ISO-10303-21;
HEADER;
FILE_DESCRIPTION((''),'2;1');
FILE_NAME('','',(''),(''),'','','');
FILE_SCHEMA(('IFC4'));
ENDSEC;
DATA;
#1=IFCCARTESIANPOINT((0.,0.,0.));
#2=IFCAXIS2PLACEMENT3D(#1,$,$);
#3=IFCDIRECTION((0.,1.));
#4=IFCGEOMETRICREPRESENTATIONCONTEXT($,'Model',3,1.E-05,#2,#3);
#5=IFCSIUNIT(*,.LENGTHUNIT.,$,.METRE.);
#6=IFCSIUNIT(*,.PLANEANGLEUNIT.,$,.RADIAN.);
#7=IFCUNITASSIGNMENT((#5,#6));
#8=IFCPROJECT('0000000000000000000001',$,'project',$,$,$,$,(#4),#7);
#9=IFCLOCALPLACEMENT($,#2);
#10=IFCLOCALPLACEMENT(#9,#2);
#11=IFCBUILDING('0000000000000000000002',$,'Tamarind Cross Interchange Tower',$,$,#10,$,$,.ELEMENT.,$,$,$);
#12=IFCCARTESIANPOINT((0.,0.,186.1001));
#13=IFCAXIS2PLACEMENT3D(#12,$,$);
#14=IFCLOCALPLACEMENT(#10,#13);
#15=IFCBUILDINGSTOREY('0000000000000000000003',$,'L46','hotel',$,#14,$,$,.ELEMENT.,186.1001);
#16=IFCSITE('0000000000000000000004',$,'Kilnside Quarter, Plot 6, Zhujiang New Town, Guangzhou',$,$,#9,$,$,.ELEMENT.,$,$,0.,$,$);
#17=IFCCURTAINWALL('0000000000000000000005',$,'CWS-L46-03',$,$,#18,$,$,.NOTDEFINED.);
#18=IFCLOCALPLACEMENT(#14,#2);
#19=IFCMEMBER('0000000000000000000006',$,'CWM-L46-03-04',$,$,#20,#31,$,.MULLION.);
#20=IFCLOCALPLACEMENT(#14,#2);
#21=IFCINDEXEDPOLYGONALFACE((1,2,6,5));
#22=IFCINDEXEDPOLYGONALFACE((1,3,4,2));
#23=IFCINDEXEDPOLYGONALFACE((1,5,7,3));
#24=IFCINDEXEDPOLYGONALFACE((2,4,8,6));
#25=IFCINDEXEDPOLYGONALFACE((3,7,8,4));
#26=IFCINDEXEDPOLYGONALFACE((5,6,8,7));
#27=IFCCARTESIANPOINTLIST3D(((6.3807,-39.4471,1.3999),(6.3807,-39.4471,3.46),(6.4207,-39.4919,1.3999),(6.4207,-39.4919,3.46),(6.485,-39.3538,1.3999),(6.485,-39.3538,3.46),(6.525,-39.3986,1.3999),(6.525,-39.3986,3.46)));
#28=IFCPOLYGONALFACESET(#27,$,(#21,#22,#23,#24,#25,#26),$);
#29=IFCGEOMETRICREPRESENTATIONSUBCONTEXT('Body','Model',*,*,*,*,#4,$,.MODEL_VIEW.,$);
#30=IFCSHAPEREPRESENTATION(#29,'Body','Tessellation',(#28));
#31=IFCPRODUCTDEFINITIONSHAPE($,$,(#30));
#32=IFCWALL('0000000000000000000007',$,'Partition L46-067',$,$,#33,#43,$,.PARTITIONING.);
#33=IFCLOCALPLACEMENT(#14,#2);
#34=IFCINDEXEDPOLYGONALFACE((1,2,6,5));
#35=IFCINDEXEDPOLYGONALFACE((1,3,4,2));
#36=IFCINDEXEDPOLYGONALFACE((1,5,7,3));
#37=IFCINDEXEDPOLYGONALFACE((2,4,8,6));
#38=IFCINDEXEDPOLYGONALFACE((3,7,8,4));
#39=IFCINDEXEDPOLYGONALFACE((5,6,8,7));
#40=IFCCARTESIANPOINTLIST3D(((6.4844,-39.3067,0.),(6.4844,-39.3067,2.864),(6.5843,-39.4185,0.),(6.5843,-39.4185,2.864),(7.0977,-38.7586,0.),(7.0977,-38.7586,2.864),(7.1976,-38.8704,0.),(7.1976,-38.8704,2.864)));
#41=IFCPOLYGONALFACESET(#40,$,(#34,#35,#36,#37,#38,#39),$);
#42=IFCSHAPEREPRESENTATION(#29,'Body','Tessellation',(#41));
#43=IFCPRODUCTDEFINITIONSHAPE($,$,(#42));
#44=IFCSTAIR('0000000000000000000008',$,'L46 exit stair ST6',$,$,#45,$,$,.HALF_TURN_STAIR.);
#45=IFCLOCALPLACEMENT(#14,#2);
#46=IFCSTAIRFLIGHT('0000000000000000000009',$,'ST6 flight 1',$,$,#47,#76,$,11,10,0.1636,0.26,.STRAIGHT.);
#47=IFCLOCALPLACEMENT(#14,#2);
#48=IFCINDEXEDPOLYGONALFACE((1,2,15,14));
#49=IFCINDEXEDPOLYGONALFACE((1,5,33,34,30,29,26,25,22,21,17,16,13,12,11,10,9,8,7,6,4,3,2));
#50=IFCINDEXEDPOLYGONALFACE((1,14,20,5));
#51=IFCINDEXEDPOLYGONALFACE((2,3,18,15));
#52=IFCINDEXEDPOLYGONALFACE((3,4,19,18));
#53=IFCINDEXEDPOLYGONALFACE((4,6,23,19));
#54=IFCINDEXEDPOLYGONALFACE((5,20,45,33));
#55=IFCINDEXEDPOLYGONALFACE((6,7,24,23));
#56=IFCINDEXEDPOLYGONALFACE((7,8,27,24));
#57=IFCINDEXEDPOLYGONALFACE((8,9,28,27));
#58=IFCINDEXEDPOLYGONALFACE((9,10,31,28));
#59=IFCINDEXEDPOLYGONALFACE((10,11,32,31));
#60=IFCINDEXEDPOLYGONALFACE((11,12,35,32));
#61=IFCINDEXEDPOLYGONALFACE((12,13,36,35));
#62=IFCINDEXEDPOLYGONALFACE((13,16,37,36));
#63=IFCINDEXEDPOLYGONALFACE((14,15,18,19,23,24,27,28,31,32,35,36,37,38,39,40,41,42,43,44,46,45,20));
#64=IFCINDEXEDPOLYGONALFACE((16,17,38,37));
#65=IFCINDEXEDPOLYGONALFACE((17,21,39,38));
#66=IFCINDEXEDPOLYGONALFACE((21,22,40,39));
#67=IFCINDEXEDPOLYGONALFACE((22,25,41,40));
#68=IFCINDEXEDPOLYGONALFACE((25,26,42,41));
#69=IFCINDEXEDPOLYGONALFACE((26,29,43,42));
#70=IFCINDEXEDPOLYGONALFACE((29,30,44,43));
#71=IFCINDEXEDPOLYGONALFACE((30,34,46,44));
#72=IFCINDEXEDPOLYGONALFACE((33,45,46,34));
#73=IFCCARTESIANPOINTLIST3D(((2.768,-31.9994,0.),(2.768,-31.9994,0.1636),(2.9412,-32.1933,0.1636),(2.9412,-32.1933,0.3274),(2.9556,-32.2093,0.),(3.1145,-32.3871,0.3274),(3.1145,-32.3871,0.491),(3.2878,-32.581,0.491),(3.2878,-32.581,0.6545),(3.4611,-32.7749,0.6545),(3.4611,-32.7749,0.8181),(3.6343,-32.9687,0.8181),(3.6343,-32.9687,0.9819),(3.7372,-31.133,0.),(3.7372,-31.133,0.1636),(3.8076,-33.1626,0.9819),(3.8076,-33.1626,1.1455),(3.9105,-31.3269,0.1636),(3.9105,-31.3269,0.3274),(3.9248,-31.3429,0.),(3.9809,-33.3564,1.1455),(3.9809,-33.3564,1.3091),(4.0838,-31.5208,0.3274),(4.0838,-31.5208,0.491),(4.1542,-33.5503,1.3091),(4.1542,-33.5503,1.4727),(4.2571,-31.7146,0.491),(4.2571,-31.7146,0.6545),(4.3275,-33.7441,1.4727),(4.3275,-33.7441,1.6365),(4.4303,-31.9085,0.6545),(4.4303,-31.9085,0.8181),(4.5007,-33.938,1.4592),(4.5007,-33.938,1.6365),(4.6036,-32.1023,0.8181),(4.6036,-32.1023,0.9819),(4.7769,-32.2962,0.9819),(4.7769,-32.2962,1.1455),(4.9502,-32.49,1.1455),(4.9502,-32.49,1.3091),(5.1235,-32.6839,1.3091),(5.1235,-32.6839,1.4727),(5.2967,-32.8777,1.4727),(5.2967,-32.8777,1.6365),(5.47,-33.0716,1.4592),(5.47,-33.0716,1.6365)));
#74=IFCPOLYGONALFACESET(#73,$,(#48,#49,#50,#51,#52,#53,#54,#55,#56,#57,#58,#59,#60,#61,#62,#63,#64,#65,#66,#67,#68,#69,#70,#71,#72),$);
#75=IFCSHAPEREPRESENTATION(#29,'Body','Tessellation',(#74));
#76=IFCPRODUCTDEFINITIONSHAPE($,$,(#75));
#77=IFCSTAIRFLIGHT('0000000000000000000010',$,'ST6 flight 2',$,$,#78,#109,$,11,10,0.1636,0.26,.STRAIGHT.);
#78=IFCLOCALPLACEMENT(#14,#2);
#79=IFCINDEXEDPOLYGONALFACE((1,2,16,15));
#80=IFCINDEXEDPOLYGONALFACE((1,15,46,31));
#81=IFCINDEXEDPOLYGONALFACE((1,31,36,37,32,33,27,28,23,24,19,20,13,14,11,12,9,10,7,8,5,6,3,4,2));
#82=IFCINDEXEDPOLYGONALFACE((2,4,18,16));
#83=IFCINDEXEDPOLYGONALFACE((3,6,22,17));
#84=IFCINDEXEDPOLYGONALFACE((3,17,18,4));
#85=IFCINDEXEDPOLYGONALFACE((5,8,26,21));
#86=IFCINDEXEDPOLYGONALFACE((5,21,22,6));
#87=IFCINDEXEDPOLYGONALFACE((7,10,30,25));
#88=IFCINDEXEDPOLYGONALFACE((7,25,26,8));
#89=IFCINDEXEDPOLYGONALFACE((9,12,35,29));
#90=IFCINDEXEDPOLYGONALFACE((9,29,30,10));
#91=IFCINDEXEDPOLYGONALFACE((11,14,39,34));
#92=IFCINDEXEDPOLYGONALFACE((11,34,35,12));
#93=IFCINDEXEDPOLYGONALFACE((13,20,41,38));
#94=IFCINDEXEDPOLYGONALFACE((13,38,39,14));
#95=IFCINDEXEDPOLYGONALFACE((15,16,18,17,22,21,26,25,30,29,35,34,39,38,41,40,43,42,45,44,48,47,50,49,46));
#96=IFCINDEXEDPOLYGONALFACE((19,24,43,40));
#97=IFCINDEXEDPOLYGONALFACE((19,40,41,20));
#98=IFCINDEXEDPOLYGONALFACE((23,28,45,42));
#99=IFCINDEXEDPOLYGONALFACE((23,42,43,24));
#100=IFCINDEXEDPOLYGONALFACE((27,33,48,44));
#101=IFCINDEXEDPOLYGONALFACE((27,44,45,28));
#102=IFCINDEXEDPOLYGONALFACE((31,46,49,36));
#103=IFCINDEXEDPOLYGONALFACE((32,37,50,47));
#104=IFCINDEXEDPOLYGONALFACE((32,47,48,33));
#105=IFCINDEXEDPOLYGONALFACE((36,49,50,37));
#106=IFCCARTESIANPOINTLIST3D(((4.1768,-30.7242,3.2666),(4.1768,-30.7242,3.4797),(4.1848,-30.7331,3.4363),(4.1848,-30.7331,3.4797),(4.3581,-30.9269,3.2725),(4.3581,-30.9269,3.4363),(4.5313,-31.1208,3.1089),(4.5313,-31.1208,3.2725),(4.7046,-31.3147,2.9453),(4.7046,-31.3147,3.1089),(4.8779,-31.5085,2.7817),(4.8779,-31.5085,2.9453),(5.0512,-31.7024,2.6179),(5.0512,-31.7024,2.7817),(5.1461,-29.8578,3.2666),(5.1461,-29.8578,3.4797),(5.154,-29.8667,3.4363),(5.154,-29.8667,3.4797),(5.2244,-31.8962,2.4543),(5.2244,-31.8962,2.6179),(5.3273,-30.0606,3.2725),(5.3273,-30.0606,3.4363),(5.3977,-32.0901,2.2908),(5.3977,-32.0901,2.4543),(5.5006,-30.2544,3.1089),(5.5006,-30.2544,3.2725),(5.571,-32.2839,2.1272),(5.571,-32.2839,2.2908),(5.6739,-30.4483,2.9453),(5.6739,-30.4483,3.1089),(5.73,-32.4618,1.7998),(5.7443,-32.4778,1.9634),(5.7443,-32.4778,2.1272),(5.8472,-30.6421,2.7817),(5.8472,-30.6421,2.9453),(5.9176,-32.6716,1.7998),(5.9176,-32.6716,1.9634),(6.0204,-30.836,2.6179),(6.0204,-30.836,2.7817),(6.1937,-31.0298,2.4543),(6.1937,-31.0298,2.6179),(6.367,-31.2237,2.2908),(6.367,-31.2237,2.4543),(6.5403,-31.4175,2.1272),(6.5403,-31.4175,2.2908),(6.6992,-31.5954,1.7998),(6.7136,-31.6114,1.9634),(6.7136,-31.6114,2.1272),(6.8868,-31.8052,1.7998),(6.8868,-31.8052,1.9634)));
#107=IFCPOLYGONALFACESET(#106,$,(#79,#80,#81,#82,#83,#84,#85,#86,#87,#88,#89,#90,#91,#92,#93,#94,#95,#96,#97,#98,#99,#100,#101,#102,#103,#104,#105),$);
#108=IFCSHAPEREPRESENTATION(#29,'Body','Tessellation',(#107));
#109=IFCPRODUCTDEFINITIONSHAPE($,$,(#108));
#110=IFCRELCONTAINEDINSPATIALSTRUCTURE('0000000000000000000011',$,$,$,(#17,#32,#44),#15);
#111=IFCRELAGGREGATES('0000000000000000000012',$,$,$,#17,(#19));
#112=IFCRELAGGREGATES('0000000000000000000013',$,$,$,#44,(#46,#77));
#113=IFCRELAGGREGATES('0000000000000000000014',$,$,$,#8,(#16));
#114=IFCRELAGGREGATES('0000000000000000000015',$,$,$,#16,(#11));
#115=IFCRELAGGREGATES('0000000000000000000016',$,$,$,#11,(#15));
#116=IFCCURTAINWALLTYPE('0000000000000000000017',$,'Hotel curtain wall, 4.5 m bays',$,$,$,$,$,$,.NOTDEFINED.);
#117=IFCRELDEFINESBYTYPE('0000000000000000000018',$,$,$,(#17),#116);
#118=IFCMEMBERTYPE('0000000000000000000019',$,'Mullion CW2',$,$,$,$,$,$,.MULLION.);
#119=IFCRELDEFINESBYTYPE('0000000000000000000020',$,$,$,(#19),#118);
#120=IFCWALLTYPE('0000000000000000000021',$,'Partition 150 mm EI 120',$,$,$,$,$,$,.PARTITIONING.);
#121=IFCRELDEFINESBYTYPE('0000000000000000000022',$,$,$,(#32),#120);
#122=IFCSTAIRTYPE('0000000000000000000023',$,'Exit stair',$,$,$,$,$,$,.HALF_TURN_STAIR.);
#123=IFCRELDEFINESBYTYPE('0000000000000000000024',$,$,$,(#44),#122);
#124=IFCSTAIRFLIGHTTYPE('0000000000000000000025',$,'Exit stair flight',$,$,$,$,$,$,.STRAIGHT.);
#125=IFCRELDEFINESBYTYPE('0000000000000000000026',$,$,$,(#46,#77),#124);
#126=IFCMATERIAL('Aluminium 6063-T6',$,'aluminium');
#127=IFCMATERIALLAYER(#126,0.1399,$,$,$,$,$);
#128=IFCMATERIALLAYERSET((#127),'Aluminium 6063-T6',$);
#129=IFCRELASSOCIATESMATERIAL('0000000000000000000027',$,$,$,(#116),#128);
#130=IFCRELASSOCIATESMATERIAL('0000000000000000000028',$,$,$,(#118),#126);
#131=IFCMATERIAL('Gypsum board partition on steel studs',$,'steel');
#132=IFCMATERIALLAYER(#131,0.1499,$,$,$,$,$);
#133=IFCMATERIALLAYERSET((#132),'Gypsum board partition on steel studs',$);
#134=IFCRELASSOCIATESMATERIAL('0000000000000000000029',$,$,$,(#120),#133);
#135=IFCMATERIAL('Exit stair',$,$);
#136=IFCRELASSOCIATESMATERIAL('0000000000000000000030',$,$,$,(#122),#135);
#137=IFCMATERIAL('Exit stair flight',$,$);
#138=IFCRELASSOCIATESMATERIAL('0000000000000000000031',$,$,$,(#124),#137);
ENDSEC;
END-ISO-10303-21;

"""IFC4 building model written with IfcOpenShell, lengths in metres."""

from ifc_helpers import new_model, si_unit, direction, frame, frame_2d, origin, origin_2d, place, context, subcontext, project, spatial, polyline, rectangle, outline, extrude, material, layer, layer_set, material_profile, profile_set, type_object, element, aggregate, save


model = new_model("IFC4")

# Units and contexts
model_context = context("Model", 3, precision=1e-05, world=origin(), true_north=direction((0.0, 1.0)))
body_context = subcontext(model_context, "Body", "Model", "MODEL_VIEW")
ifc_project = project(units=[si_unit("LENGTHUNIT", "METRE"), si_unit("PLANEANGLEUNIT", "RADIAN")], contexts=[model_context])

# Site, building, storey
site_placement = place(None, origin())
site = spatial("IfcSite", under=ifc_project, at=site_placement, Name="Kilnside Quarter, Plot 6, Zhujiang New Town, Guangzhou", CompositionType="ELEMENT", RefElevation=0.0)
building_placement = place(site_placement, origin())
building = spatial("IfcBuilding", under=site, at=building_placement, Name="Tamarind Cross Interchange Tower", CompositionType="ELEMENT")
storey_placement = place(building_placement, frame((0.0, 0.0, 186.1001)))
storey = spatial("IfcBuildingStorey", under=building, at=storey_placement, Name="L46", Description="hotel", CompositionType="ELEMENT", Elevation=186.1001)

# Curtain wall, member
ifc_material_1 = material(Name="Aluminium 6063-T6", Category="aluminium")
ifc_layer_1 = layer(ifc_material_1, 0.1399)
ifc_layer_set_1 = layer_set([ifc_layer_1], Name="Aluminium 6063-T6")
curtain_wall_type = type_object("IfcCurtainWallType", Name="Hotel curtain wall, 4.5 m bays", PredefinedType="NOTDEFINED", material=ifc_layer_set_1)
curtain_wall_placement = place(storey_placement, origin())
curtain_wall = element("IfcCurtainWall", 1, at=curtain_wall_placement, inside=storey, type_object=curtain_wall_type, Name="CWS-L46-03", PredefinedType="NOTDEFINED")
ifc_material_profile_1 = material_profile(ifc_material_1, rectangle(XDim=0.0601, YDim=0.1399, at=origin_2d()), Name="Mullion CW2")
ifc_profile_set_1 = profile_set([ifc_material_profile_1], Name="Aluminium 6063-T6")
member_type = type_object("IfcMemberType", Name="Mullion CW2", PredefinedType="MULLION", material=ifc_profile_set_1)
member_1_placement = place(storey_placement, frame((6.4529, -39.4229, 1.3999), z_axis=(0.0, 0.0, 1.0), x_axis=(0.666428, -0.745569, 0.0)))
member_1 = element("IfcMember", 2, at=member_1_placement, type_object=member_type, Name="CWM-L46-03-04", PredefinedType="MULLION", context=body_context, shape_type="SweptSolid", body=[
    extrude(rectangle(XDim=0.0601, YDim=0.1399, at=origin_2d()), origin(), (0.0, 0.0, 1.0), 2.0601),
])
aggregate(curtain_wall, [member_1])

# Wall
ifc_material_2 = material(Name="Gypsum board partition on steel studs", Category="steel")
ifc_layer_2 = layer(ifc_material_2, 0.1499)
ifc_layer_set_2 = layer_set([ifc_layer_2], Name="Gypsum board partition on steel studs")
wall_type = type_object("IfcWallType", Name="Partition 150 mm EI 120", PredefinedType="PARTITIONING", material=ifc_layer_set_2)
wall_placement = place(storey_placement, frame((6.5344, -39.3625, 0.0), z_axis=(0.0, 0.0, 1.0), x_axis=(0.745622, 0.66637, 0.0)))
element("IfcWall", 3, at=wall_placement, inside=storey, type_object=wall_type, Name="Partition L46-067", PredefinedType="PARTITIONING", context=body_context, shape_type="SweptSolid", body=[
    extrude(rectangle(XDim=0.8225, YDim=0.1499, at=frame_2d((0.4111, 0.0))), origin(), (0.0, 0.0, 1.0), 2.864),
])

# Stair, stair flights
ifc_material_3 = material(Name="Exit stair")
stair_type = type_object("IfcStairType", Name="Exit stair", PredefinedType="HALF_TURN_STAIR", material=ifc_material_3)
stair_placement = place(storey_placement, origin())
stair = element("IfcStair", 4, at=stair_placement, inside=storey, type_object=stair_type, Name="L46 exit stair ST6", PredefinedType="HALF_TURN_STAIR")
ifc_material_4 = material(Name="Exit stair flight")
stair_flight_type = type_object("IfcStairFlightType", Name="Exit stair flight", PredefinedType="STRAIGHT", material=ifc_material_4)
stair_flight_1_placement = place(storey_placement, frame((3.2527, -31.5662, 0.0), z_axis=(0.0, 0.0, 1.0), x_axis=(0.666428, -0.745569, 0.0)))
stair_flight_1 = element("IfcStairFlight", 5, at=stair_flight_1_placement, type_object=stair_flight_type, Name="ST6 flight 1", NumberOfRisers=11, NumberOfTreads=10, PredefinedType="STRAIGHT", RiserHeight=0.1636, TreadLength=0.26, context=body_context, shape_type="SweptSolid", body=[
    extrude(outline(polyline([(0.0, 0.0), (0.0, 0.1636), (0.26, 0.1636), (0.26, 0.3274), (0.52, 0.3274), (0.52, 0.491), (0.78, 0.491), (0.78, 0.6545), (1.04, 0.6545), (1.04, 0.8181), (1.3, 0.8181), (1.3, 0.9819), (1.5601, 0.9819), (1.5601, 1.1455), (1.8201, 1.1455), (1.8201, 1.3091), (2.0801, 1.3091), (2.0801, 1.4727), (2.3401, 1.4727), (2.3401, 1.6365), (2.6001, 1.6365), (2.6001, 1.8), (2.6001, 1.4592), (0.2815, 0.0), (0.0, 0.0)])), frame((0.0, 0.6499, 0.0), z_axis=(0.0, -1.0, 0.0), x_axis=(1.0, 0.0, 0.0)), (0.0, 0.0, 1.0), 1.3),
])
stair_flight_2_placement = place(storey_placement, frame((6.4021, -32.2385, 1.7998), z_axis=(0.0, 0.0, 1.0), x_axis=(-0.666428, 0.745569, 0.0)))
stair_flight_2 = element("IfcStairFlight", 6, at=stair_flight_2_placement, type_object=stair_flight_type, Name="ST6 flight 2", NumberOfRisers=11, NumberOfTreads=10, PredefinedType="STRAIGHT", RiserHeight=0.1636, TreadLength=0.26, context=body_context, shape_type="SweptSolid", body=[
    extrude(outline(polyline([(0.0, 0.0), (0.0, 0.1636), (0.26, 0.1636), (0.26, 0.3274), (0.52, 0.3274), (0.52, 0.491), (0.78, 0.491), (0.78, 0.6545), (1.04, 0.6545), (1.04, 0.8181), (1.3, 0.8181), (1.3, 0.9819), (1.5601, 0.9819), (1.5601, 1.1455), (1.8201, 1.1455), (1.8201, 1.3091), (2.0801, 1.3091), (2.0801, 1.4727), (2.3401, 1.4727), (2.3401, 1.6365), (2.6001, 1.6365), (2.6001, 1.6799), (2.6121, 1.6799), (2.6121, 1.4668), (0.2815, 0.0), (0.0, 0.0)])), frame((0.0, 0.6499, 0.0), z_axis=(0.0, -1.0, 0.0), x_axis=(1.0, 0.0, 0.0)), (0.0, 0.0, 1.0), 1.3),
])
aggregate(stair, [stair_flight_1, stair_flight_2])

save(model, "model.ifc")
